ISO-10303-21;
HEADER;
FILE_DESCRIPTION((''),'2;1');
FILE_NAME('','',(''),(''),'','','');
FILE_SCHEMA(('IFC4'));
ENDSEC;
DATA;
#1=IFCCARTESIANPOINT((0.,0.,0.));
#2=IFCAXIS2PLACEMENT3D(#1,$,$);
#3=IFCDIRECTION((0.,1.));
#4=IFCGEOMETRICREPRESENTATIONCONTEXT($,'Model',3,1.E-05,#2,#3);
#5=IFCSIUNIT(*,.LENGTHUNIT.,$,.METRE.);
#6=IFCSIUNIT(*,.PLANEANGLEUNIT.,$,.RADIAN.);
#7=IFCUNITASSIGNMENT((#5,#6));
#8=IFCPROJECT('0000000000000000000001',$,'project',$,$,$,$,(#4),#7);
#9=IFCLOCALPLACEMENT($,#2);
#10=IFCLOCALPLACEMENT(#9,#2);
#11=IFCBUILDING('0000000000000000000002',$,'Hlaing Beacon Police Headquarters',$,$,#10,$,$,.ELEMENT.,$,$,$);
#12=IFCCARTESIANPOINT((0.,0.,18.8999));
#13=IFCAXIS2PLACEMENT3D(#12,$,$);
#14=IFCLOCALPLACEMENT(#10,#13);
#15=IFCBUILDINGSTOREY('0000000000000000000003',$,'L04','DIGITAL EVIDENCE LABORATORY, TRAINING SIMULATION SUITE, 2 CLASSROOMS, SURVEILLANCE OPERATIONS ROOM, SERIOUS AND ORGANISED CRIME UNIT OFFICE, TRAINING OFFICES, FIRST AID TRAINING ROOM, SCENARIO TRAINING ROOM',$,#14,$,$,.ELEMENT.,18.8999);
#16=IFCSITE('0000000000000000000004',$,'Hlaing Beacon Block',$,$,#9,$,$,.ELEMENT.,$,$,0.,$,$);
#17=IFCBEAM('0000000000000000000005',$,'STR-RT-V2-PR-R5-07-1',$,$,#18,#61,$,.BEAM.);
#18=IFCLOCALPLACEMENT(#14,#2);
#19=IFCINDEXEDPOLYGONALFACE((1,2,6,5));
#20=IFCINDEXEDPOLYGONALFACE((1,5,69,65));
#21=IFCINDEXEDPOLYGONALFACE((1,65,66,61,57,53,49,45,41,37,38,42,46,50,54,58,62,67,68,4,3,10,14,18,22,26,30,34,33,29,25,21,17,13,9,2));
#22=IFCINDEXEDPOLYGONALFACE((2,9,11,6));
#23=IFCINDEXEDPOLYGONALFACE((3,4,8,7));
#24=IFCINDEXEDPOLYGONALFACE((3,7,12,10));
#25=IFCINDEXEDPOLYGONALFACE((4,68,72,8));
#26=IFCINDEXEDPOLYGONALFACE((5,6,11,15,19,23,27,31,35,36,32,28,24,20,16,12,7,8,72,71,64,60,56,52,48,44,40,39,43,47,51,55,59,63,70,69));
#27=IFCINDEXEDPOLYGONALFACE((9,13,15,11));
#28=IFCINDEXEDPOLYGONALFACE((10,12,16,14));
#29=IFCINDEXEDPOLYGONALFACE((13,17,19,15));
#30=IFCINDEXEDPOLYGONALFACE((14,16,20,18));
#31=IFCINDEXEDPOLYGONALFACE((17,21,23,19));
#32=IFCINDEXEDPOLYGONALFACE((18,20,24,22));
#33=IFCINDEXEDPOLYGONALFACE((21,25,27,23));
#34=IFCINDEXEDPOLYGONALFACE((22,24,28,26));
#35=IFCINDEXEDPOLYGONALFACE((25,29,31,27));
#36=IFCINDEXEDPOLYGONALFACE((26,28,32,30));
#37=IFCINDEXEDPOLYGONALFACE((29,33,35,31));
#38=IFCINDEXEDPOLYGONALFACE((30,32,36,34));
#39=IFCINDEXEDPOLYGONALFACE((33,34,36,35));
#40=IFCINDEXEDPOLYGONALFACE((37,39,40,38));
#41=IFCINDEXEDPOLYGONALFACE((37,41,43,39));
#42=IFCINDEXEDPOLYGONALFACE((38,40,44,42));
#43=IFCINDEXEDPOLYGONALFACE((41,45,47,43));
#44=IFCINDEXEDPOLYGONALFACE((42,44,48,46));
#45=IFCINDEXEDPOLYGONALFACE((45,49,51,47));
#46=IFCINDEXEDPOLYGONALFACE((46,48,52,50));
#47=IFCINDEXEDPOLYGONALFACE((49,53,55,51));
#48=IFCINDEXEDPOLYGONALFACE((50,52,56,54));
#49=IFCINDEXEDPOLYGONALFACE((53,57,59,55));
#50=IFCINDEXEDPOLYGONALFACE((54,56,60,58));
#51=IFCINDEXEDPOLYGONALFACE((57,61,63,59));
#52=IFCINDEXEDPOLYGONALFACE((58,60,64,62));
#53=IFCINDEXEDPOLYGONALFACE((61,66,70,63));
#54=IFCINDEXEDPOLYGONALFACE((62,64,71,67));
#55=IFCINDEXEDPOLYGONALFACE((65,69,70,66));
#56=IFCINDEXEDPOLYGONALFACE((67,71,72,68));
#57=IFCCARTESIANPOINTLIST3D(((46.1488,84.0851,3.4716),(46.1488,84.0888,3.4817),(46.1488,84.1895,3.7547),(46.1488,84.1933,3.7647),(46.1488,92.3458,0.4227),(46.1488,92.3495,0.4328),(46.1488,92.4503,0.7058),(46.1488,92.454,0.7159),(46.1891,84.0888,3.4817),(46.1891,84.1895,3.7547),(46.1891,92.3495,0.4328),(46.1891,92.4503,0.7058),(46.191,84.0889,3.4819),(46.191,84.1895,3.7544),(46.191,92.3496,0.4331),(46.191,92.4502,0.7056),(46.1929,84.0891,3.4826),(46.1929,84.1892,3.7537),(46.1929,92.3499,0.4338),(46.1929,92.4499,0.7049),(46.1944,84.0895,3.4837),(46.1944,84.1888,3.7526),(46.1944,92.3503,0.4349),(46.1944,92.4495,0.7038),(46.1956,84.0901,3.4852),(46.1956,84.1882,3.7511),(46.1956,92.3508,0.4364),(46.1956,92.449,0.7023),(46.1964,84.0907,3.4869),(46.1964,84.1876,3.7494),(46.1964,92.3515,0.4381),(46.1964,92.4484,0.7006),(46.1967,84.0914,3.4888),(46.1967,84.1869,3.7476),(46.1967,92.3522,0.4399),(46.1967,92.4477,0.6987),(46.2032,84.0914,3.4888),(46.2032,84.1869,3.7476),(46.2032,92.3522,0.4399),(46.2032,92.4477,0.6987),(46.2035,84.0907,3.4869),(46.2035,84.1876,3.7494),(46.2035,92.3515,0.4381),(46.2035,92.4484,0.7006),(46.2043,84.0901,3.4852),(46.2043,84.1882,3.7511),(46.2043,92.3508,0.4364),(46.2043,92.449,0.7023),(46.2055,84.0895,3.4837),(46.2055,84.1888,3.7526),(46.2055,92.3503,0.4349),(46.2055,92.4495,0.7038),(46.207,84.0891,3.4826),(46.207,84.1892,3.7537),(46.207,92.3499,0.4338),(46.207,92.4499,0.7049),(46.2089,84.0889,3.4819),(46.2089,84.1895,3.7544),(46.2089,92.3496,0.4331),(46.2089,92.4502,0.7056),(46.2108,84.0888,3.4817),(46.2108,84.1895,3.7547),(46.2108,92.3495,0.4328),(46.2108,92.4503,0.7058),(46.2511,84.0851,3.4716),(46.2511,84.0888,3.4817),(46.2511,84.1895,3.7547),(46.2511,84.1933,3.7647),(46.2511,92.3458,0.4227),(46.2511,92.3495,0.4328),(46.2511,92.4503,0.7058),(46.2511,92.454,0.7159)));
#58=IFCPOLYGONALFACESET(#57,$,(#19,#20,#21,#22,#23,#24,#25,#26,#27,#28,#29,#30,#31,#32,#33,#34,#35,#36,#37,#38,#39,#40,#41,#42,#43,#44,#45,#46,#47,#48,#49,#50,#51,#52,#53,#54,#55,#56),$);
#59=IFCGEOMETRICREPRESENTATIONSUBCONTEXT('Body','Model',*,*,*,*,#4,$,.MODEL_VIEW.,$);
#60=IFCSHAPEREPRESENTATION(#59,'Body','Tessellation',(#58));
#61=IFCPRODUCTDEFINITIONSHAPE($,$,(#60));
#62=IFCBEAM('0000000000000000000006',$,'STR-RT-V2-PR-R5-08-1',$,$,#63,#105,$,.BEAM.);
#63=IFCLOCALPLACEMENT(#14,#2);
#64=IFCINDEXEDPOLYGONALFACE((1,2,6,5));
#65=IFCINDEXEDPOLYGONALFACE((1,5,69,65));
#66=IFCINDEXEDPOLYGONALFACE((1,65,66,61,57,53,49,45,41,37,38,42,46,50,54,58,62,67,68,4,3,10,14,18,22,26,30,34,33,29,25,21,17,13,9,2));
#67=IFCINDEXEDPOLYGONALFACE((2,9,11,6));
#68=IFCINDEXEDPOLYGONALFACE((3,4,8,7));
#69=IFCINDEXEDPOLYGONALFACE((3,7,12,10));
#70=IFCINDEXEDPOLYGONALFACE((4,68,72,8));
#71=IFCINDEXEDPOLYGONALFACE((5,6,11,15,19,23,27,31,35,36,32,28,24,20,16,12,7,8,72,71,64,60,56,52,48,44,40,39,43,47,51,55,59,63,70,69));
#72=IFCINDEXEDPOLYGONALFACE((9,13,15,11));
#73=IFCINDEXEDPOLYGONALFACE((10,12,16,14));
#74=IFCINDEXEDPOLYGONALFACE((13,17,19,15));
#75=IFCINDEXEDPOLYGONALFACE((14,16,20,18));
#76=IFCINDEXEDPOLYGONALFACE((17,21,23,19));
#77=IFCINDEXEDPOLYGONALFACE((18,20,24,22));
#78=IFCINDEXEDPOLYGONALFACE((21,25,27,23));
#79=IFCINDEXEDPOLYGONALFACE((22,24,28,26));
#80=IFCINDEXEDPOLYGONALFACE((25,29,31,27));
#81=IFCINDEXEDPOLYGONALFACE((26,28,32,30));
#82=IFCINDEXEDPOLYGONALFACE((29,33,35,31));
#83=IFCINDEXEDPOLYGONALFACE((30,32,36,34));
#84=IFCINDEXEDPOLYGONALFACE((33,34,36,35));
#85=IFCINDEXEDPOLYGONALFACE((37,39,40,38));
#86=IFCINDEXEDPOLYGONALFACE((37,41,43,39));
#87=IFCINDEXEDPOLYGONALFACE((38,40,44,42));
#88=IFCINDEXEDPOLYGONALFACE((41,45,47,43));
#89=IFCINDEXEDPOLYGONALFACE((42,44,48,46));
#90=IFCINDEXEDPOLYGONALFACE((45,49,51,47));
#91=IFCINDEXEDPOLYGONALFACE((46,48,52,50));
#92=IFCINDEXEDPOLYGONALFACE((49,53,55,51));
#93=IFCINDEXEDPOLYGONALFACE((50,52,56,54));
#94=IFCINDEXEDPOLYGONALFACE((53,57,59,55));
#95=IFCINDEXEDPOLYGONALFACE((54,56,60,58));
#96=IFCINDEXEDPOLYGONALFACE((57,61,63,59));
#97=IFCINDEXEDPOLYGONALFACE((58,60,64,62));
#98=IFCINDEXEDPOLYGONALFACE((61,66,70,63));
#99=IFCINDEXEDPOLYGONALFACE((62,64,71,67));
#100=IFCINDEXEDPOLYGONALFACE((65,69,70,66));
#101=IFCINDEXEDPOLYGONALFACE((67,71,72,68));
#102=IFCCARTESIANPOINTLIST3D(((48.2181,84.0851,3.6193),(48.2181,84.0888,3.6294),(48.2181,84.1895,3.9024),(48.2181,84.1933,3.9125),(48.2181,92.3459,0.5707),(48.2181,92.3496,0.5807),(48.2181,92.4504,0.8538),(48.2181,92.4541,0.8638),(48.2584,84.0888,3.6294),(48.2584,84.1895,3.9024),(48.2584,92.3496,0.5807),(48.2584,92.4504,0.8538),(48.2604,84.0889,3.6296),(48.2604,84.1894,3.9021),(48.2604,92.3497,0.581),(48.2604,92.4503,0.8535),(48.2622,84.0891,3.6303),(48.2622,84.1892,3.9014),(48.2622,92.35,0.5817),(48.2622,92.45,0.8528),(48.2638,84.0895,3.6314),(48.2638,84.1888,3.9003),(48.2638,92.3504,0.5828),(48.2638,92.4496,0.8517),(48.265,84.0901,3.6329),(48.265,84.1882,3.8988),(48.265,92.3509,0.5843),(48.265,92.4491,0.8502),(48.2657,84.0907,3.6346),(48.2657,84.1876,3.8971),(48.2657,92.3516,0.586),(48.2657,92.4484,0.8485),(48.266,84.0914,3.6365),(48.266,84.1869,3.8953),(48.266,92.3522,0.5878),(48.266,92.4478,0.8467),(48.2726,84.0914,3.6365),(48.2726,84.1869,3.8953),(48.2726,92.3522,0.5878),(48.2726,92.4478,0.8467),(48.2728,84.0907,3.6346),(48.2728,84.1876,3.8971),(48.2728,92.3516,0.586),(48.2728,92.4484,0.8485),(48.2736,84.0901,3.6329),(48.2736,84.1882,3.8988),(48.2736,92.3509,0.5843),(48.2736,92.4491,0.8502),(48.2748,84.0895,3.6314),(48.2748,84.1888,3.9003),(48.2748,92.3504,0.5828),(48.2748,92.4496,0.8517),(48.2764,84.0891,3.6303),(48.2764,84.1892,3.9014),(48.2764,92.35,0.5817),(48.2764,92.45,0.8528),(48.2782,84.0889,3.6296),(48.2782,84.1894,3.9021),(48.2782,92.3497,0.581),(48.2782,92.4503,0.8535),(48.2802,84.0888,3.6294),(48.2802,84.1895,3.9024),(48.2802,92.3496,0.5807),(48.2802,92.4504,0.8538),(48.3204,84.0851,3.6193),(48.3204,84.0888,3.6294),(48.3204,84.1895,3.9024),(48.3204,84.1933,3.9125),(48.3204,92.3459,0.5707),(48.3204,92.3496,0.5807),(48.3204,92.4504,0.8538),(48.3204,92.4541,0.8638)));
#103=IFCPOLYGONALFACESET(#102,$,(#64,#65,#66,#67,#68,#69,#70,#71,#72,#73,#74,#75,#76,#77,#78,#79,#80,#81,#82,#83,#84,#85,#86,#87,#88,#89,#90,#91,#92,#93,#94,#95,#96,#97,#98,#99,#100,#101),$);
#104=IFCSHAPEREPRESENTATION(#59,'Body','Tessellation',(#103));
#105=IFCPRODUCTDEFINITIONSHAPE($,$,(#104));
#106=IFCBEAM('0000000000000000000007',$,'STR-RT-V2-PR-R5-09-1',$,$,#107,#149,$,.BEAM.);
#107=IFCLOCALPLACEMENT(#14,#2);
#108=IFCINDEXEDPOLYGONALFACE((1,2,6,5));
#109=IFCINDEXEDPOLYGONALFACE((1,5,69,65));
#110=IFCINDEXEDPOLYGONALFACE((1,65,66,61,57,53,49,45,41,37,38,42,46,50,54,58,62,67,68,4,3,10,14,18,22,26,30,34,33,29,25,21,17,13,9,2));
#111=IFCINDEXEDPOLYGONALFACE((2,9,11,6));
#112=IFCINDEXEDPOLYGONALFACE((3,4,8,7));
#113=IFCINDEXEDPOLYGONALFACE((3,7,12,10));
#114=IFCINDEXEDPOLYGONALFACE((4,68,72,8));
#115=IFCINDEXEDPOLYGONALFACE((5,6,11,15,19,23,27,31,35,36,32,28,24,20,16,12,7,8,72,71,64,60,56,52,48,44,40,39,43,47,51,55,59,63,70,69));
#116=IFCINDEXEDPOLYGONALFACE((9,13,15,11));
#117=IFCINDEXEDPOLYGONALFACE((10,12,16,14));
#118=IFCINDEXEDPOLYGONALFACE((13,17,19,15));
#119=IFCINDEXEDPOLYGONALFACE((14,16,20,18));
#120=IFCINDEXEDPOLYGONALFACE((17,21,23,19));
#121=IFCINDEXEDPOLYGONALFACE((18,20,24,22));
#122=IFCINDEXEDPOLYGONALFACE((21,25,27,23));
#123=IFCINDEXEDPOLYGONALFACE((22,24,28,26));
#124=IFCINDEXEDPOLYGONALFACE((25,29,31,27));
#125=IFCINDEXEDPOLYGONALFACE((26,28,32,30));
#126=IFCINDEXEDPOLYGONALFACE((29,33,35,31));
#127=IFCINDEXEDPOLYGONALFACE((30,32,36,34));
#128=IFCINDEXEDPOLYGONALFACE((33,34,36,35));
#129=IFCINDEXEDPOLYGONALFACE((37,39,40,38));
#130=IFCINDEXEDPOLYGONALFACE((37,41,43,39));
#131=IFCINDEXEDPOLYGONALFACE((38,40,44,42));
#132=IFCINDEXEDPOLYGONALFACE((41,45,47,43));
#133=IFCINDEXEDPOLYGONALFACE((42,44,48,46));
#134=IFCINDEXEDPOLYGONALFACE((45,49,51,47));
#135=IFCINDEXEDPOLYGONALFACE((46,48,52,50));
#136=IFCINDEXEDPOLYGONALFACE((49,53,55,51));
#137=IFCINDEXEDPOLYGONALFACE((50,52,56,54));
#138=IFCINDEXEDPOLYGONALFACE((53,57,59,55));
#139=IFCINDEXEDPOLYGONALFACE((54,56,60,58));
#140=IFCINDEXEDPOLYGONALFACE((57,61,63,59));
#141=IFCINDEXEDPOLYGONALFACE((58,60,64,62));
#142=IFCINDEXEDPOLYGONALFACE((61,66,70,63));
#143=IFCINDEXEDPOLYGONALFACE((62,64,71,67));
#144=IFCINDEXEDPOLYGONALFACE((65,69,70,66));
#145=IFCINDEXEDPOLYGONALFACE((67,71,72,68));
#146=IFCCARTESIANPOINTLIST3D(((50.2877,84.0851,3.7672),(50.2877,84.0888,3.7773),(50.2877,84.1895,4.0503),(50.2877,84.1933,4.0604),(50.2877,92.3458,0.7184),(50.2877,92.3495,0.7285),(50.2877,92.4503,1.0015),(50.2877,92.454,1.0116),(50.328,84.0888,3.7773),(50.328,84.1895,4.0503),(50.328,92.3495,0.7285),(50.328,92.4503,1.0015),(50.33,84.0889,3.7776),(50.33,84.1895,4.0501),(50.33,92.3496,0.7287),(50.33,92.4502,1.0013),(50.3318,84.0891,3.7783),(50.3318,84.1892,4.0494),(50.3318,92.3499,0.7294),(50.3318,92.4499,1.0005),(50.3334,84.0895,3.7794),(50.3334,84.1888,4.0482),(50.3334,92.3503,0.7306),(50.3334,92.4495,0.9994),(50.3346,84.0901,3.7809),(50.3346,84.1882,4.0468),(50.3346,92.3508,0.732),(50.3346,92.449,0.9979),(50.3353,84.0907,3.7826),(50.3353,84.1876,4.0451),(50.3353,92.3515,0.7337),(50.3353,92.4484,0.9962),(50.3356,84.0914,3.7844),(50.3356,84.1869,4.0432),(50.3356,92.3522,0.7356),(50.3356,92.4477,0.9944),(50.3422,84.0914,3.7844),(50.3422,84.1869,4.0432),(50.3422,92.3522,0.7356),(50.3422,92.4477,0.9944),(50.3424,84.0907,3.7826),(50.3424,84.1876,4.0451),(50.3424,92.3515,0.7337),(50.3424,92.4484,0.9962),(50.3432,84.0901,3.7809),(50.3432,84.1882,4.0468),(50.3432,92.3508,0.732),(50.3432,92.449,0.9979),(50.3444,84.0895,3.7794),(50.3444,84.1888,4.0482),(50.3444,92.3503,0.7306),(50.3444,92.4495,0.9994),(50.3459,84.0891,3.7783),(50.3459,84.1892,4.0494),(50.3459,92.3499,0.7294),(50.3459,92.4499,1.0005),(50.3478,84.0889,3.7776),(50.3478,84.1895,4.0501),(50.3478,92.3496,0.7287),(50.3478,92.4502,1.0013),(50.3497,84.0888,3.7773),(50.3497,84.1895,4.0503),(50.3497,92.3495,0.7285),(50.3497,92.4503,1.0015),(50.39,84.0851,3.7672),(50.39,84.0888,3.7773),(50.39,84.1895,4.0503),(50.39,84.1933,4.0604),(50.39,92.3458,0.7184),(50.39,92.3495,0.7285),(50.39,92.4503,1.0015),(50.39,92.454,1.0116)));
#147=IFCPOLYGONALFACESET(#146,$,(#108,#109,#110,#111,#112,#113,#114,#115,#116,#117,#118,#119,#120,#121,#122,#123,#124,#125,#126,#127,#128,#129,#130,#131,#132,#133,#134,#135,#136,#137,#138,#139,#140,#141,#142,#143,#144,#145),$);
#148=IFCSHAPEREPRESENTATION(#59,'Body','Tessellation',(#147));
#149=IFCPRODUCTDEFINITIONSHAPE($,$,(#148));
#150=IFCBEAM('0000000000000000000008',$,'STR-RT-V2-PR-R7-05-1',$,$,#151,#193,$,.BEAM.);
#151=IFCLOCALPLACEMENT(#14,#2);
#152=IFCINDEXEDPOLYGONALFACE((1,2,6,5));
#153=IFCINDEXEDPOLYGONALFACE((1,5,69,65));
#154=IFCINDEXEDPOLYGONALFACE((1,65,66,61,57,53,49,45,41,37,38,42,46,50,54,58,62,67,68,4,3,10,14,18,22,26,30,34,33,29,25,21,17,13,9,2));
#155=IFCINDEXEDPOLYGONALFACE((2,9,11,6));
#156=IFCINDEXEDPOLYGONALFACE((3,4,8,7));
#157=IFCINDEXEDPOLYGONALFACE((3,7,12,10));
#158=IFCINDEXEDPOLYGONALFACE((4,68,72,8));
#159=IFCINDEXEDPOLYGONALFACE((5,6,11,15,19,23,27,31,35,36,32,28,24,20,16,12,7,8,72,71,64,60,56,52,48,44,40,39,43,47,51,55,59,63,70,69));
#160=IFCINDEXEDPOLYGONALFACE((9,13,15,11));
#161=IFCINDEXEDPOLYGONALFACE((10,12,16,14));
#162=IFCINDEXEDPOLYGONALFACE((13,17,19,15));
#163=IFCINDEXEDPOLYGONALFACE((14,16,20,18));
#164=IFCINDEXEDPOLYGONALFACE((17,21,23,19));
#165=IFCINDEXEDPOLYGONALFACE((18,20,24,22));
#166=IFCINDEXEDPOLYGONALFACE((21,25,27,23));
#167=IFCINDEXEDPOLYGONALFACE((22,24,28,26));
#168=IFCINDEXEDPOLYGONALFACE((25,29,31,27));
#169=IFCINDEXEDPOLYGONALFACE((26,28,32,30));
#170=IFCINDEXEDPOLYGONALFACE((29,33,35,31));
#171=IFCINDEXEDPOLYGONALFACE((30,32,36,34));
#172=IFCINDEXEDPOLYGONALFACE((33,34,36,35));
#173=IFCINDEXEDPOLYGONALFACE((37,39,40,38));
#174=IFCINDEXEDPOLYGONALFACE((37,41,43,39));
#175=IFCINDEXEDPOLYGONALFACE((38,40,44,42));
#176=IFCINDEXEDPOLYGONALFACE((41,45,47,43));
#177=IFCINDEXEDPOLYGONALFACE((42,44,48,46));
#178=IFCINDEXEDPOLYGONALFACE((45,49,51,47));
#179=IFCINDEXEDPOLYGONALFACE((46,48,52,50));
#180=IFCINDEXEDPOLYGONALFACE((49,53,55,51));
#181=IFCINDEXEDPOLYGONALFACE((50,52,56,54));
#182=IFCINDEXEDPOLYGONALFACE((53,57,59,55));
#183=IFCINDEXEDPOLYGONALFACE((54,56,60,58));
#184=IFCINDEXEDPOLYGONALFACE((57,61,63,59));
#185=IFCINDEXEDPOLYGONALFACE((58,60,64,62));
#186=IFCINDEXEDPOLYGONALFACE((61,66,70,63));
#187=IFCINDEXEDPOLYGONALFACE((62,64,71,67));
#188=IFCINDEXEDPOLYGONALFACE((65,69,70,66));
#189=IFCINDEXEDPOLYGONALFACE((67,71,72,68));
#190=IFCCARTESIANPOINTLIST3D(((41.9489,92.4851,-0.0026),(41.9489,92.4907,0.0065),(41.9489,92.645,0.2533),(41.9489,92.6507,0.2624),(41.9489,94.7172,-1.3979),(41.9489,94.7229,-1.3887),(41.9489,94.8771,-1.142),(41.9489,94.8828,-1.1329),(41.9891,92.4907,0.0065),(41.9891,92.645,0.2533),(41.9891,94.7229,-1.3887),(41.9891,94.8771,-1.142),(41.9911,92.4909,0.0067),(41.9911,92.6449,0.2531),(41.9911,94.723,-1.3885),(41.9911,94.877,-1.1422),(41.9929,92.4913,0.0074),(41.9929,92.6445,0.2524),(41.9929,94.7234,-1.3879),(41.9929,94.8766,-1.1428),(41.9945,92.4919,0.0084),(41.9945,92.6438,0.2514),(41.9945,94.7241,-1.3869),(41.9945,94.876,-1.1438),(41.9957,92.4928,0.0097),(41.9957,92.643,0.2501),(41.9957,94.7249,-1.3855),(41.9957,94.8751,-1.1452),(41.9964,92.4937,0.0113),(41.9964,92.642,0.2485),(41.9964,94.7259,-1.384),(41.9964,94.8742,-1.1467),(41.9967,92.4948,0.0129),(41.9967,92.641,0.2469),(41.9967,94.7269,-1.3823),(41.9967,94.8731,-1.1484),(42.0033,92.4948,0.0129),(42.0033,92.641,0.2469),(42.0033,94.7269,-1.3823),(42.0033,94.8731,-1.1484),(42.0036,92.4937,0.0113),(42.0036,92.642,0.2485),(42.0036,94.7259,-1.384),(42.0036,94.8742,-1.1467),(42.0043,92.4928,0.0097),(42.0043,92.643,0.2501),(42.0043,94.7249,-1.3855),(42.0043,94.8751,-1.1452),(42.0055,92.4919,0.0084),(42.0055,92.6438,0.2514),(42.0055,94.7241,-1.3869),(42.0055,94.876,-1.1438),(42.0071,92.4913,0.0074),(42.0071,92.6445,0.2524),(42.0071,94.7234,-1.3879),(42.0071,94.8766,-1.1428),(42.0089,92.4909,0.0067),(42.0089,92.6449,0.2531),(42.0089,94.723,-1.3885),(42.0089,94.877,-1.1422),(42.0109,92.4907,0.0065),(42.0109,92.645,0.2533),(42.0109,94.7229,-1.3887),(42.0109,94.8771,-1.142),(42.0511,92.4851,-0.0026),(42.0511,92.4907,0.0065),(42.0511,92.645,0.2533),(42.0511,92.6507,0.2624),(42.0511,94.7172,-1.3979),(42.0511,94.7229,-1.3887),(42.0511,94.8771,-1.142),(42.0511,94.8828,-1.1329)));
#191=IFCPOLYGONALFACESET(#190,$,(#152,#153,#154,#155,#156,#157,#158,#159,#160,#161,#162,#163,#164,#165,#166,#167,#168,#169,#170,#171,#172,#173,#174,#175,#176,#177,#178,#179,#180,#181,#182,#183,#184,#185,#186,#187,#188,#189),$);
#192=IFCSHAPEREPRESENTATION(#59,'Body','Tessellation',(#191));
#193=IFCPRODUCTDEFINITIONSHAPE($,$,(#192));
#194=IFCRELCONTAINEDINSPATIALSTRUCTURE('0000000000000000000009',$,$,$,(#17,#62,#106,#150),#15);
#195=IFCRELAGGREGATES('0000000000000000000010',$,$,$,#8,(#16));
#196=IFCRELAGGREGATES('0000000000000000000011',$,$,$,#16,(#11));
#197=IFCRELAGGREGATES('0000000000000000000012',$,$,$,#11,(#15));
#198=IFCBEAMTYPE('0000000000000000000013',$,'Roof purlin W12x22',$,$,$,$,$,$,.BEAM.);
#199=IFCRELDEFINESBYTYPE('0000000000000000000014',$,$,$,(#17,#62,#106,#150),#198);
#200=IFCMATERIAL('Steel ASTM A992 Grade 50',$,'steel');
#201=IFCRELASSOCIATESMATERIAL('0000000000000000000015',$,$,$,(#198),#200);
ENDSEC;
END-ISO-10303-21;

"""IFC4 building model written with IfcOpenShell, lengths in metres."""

from ifc_helpers import new_model, si_unit, direction, frame, origin, origin_2d, place, context, subcontext, project, spatial, i_section, extrude, material, material_profile, profile_set, type_object, element, save


model = new_model("IFC4")

# Units and contexts
model_context = context("Model", 3, precision=1e-05, world=origin(), true_north=direction((0.0, 1.0)))
body_context = subcontext(model_context, "Body", "Model", "MODEL_VIEW")
ifc_project = project(units=[si_unit("LENGTHUNIT", "METRE"), si_unit("PLANEANGLEUNIT", "RADIAN")], contexts=[model_context])

# Site, building, storey
site_placement = place(None, origin())
site = spatial("IfcSite", under=ifc_project, at=site_placement, Name="Hlaing Beacon Block", CompositionType="ELEMENT", RefElevation=0.0)
building_placement = place(site_placement, origin())
building = spatial("IfcBuilding", under=site, at=building_placement, Name="Hlaing Beacon Police Headquarters", CompositionType="ELEMENT")
storey_placement = place(building_placement, frame((0.0, 0.0, 18.8999)))
storey = spatial("IfcBuildingStorey", under=building, at=storey_placement, Name="L04", Description="DIGITAL EVIDENCE LABORATORY, TRAINING SIMULATION SUITE, 2 CLASSROOMS, SURVEILLANCE OPERATIONS ROOM, SERIOUS AND ORGANISED CRIME UNIT OFFICE, TRAINING OFFICES, FIRST AID TRAINING ROOM, SCENARIO TRAINING ROOM", CompositionType="ELEMENT", Elevation=18.8999)

# Beams
ifc_material_1 = material(Name="Steel ASTM A992 Grade 50", Category="steel")
ifc_material_profile_1 = material_profile(ifc_material_1, i_section(OverallWidth=0.1023, OverallDepth=0.3125, WebThickness=0.0066, FlangeThickness=0.0107, FilletRadius=0.0076, at=origin_2d()), Name="W12x22")
ifc_profile_set_1 = profile_set([ifc_material_profile_1], Name="Steel ASTM A992 Grade 50")
beam_type_1 = type_object("IfcBeamType", Name="Roof purlin W12x22", PredefinedType="BEAM", material=ifc_profile_set_1)
for number, where, z_axis, x_axis, name in (
    (1, (46.2, 84.1392, 3.6182), (0.0, 0.938144, -0.346245), (-1.0, 0.0, 0.0), "STR-RT-V2-PR-R5-07-1"),
    (2, (48.2693, 84.1392, 3.7659), (0.0, 0.938153, -0.346221), (-1.0, 0.0, 0.0), "STR-RT-V2-PR-R5-08-1"),
    (3, (50.3389, 84.1392, 3.9138), (0.0, 0.938144, -0.346245), (-1.0, 0.0, 0.0), "STR-RT-V2-PR-R5-09-1"),
):
    element("IfcBeam", number, at=place(storey_placement, frame(where, z_axis=z_axis, x_axis=x_axis)), inside=storey, type_object=beam_type_1, Name=name, PredefinedType="BEAM", context=body_context, shape_type="SweptSolid", body=[
        extrude(i_section(OverallWidth=0.1023, OverallDepth=0.3125, WebThickness=0.0066, FlangeThickness=0.0107, FilletRadius=0.0076, at=origin_2d()), origin(), (0.0, 0.0, 1.0), 8.8054),
    ])
for number, where, z_axis, x_axis, name in (
    (4, (42.0, 92.5679, 0.1299), (0.0, 0.847972, -0.530041), (-1.0, 0.0, 0.0), "STR-RT-V2-PR-R7-05-1"),
):
    element("IfcBeam", number, at=place(storey_placement, frame(where, z_axis=z_axis, x_axis=x_axis)), inside=storey, type_object=beam_type_1, Name=name, PredefinedType="BEAM", context=body_context, shape_type="SweptSolid", body=[
        extrude(i_section(OverallWidth=0.1023, OverallDepth=0.3125, WebThickness=0.0066, FlangeThickness=0.0107, FilletRadius=0.0076, at=origin_2d()), origin(), (0.0, 0.0, 1.0), 2.6323),
    ])

save(model, "model.ifc")
